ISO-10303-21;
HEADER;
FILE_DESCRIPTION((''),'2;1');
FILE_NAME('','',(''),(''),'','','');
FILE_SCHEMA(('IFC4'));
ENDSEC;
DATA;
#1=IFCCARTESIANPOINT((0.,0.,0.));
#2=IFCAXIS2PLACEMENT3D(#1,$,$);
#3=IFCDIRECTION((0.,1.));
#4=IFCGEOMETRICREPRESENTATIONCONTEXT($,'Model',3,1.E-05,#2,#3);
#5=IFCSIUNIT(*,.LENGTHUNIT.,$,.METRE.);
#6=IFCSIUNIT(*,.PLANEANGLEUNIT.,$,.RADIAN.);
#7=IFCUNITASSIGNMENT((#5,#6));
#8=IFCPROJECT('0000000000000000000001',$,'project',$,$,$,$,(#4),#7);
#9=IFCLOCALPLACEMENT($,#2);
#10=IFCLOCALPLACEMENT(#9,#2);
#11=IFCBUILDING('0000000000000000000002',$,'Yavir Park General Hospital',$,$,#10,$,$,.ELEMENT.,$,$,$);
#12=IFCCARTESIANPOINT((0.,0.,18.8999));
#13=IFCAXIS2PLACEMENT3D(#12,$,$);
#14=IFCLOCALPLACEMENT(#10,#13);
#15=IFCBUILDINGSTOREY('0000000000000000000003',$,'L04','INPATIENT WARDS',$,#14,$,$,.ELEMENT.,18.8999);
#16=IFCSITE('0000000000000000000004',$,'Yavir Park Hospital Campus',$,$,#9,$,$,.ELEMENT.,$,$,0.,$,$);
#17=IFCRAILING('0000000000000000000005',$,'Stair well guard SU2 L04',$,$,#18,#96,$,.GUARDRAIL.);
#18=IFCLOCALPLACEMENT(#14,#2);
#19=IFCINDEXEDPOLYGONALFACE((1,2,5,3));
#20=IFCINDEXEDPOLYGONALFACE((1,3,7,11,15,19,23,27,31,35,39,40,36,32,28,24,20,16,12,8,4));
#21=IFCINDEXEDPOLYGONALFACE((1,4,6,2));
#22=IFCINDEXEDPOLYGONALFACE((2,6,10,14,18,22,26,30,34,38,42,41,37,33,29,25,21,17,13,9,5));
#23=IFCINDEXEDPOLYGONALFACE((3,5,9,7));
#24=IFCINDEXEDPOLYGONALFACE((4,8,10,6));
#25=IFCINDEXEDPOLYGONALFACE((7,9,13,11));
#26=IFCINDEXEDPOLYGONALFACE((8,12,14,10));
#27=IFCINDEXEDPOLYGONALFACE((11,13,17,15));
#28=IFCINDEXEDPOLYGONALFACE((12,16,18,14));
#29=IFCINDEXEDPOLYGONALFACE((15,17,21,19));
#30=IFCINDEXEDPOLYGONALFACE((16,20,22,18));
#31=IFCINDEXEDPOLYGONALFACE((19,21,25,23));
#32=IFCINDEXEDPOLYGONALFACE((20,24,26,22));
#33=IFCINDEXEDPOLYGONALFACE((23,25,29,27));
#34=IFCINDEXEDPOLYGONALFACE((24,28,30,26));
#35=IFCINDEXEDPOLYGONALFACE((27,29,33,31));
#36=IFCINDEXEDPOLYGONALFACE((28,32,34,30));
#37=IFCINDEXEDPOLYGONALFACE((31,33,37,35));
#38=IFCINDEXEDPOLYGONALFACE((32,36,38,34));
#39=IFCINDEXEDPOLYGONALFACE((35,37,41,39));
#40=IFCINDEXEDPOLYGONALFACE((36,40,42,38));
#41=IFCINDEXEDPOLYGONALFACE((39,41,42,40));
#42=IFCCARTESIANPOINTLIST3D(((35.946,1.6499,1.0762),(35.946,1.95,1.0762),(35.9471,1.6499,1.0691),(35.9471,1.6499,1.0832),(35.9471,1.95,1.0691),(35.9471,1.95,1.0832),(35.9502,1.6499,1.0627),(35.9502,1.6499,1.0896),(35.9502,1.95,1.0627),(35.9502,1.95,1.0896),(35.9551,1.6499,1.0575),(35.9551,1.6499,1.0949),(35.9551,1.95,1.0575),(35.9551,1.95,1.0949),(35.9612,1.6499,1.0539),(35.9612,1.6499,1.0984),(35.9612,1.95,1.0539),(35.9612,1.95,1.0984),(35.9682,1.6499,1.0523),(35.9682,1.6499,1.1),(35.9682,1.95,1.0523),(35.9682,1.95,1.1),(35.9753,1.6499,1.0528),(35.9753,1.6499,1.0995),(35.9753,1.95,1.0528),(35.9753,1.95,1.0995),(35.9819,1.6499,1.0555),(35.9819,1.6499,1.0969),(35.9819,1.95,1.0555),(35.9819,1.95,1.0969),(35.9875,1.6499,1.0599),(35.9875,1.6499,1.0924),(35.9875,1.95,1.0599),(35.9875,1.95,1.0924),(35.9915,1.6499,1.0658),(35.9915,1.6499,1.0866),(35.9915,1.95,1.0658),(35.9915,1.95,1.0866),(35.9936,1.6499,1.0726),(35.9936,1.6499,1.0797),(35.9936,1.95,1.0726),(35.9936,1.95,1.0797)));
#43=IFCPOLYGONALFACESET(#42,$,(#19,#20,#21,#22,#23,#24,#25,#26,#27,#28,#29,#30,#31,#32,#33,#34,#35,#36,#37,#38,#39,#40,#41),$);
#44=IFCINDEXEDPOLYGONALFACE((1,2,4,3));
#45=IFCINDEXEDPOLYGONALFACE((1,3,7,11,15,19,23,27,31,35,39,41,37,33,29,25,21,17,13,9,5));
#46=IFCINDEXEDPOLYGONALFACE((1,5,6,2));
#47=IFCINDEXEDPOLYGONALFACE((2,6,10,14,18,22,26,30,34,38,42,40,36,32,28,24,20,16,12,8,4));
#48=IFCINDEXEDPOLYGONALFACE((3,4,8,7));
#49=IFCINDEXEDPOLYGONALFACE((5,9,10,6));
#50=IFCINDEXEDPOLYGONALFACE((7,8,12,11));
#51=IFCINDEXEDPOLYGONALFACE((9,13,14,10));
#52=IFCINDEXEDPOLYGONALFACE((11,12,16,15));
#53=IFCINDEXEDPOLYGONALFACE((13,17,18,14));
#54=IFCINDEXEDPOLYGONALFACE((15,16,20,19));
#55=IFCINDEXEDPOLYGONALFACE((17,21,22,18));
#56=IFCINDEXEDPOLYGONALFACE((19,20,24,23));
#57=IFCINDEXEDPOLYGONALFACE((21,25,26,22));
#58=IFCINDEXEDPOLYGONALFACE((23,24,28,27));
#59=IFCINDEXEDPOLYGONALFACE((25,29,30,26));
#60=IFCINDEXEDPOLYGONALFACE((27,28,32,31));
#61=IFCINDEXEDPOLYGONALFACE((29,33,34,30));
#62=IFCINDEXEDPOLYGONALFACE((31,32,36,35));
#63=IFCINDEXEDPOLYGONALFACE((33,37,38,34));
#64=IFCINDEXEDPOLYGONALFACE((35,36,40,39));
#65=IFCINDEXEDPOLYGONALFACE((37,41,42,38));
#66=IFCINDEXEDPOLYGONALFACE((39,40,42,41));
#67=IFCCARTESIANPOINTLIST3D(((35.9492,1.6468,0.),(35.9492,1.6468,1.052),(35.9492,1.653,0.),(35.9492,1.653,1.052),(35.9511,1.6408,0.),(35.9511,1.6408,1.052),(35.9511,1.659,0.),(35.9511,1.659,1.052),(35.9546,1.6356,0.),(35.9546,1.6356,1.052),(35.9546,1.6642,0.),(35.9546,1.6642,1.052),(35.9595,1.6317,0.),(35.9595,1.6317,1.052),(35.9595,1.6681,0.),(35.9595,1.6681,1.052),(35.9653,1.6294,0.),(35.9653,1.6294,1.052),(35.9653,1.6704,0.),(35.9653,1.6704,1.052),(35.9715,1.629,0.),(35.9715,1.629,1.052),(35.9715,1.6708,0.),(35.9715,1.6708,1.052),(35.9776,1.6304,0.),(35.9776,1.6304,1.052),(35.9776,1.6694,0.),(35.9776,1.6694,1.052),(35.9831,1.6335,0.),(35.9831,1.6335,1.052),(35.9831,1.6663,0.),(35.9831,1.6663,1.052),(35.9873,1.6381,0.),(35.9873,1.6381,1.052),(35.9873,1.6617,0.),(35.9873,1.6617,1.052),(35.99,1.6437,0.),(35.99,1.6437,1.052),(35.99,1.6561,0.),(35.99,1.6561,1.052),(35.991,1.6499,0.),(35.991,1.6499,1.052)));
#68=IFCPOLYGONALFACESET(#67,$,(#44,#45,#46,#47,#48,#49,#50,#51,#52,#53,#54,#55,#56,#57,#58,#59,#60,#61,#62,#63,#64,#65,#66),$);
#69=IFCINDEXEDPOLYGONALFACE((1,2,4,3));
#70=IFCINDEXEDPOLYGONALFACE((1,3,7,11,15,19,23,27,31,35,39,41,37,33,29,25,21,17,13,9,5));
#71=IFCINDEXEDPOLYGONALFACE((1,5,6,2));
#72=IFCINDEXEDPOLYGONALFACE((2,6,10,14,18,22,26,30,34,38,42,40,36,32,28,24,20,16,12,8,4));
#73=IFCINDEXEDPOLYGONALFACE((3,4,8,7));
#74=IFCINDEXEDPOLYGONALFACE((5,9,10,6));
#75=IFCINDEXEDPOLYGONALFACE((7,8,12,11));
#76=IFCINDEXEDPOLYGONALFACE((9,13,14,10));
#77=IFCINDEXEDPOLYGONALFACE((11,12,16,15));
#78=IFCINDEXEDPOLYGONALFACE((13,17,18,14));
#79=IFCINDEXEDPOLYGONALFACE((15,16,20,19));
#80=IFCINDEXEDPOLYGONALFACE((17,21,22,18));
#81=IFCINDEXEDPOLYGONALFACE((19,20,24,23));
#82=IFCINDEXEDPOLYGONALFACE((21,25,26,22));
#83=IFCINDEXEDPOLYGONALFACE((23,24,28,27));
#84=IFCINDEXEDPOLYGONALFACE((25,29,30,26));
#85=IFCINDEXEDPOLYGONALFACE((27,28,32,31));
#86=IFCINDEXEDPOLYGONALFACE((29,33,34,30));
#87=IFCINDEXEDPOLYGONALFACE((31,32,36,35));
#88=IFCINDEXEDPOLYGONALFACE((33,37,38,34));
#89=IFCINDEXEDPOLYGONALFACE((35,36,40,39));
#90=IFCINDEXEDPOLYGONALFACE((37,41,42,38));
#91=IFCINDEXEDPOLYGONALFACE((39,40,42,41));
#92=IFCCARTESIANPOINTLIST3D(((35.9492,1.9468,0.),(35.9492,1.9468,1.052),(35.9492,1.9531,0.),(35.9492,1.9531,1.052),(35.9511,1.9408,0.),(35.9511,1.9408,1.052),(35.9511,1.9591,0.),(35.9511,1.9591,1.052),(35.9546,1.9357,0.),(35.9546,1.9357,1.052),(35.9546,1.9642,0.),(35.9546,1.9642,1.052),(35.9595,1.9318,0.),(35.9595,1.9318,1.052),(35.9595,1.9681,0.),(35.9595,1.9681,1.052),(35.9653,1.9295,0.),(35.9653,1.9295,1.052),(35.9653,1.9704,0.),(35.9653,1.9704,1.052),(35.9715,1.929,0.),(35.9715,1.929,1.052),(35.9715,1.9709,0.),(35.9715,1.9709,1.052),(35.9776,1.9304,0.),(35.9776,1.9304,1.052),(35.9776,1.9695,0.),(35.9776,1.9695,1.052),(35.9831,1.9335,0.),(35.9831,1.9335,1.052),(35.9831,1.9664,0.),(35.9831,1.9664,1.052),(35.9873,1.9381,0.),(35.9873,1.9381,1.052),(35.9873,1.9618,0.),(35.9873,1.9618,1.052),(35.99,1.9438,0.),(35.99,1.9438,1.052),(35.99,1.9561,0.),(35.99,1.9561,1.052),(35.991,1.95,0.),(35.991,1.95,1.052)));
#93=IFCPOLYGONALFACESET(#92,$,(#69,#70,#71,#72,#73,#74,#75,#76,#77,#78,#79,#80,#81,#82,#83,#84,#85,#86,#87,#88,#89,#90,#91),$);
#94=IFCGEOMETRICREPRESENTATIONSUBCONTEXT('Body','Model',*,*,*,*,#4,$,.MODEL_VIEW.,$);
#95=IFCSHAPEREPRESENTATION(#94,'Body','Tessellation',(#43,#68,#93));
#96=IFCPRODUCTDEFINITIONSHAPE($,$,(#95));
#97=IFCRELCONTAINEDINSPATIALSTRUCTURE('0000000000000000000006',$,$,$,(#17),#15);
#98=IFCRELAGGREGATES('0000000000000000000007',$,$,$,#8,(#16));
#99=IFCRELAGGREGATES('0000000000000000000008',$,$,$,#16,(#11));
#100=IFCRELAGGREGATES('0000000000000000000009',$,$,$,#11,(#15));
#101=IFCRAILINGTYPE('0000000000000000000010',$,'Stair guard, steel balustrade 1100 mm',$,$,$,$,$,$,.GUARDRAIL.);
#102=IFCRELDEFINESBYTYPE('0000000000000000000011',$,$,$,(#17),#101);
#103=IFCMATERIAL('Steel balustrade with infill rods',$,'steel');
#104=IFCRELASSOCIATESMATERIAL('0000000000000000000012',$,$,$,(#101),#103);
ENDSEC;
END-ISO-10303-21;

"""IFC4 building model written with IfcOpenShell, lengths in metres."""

from ifc_helpers import new_model, si_unit, direction, frame, origin, origin_2d, place, context, subcontext, project, spatial, circle, extrude, material, type_object, element, save


model = new_model("IFC4")

# Units and contexts
model_context = context("Model", 3, precision=1e-05, world=origin(), true_north=direction((0.0, 1.0)))
body_context = subcontext(model_context, "Body", "Model", "MODEL_VIEW")
ifc_project = project(units=[si_unit("LENGTHUNIT", "METRE"), si_unit("PLANEANGLEUNIT", "RADIAN")], contexts=[model_context])

# Site, building, storey
site_placement = place(None, origin())
site = spatial("IfcSite", under=ifc_project, at=site_placement, Name="Yavir Park Hospital Campus", CompositionType="ELEMENT", RefElevation=0.0)
building_placement = place(site_placement, origin())
building = spatial("IfcBuilding", under=site, at=building_placement, Name="Yavir Park General Hospital", CompositionType="ELEMENT")
storey_placement = place(building_placement, frame((0.0, 0.0, 18.8999)))
storey = spatial("IfcBuildingStorey", under=building, at=storey_placement, Name="L04", Description="INPATIENT WARDS", CompositionType="ELEMENT", Elevation=18.8999)

# Railing
ifc_material_1 = material(Name="Steel balustrade with infill rods", Category="steel")
railing_type_1 = type_object("IfcRailingType", Name="Stair guard, steel balustrade 1100 mm", PredefinedType="GUARDRAIL", material=ifc_material_1)
railing_1_placement = place(storey_placement, frame((35.97, 1.6499, 0.0)))
element("IfcRailing", 1, at=railing_1_placement, inside=storey, type_object=railing_type_1, Name="Stair well guard SU2 L04", PredefinedType="GUARDRAIL", context=body_context, shape_type="SweptSolid", body=[
    extrude(circle(Radius=0.0239, at=origin_2d()), frame((0.0, 0.0, 1.0762), z_axis=(0.0, 1.0, 0.0), x_axis=(-1.0, 0.0, 0.0)), (0.0, 0.0, 1.0), 0.3),
    extrude(circle(Radius=0.021, at=origin_2d()), origin(), (0.0, 0.0, 1.0), 1.052),
    extrude(circle(Radius=0.021, at=origin_2d()), frame((0.0, 0.3, 0.0)), (0.0, 0.0, 1.0), 1.052),
])

save(model, "model.ifc")
